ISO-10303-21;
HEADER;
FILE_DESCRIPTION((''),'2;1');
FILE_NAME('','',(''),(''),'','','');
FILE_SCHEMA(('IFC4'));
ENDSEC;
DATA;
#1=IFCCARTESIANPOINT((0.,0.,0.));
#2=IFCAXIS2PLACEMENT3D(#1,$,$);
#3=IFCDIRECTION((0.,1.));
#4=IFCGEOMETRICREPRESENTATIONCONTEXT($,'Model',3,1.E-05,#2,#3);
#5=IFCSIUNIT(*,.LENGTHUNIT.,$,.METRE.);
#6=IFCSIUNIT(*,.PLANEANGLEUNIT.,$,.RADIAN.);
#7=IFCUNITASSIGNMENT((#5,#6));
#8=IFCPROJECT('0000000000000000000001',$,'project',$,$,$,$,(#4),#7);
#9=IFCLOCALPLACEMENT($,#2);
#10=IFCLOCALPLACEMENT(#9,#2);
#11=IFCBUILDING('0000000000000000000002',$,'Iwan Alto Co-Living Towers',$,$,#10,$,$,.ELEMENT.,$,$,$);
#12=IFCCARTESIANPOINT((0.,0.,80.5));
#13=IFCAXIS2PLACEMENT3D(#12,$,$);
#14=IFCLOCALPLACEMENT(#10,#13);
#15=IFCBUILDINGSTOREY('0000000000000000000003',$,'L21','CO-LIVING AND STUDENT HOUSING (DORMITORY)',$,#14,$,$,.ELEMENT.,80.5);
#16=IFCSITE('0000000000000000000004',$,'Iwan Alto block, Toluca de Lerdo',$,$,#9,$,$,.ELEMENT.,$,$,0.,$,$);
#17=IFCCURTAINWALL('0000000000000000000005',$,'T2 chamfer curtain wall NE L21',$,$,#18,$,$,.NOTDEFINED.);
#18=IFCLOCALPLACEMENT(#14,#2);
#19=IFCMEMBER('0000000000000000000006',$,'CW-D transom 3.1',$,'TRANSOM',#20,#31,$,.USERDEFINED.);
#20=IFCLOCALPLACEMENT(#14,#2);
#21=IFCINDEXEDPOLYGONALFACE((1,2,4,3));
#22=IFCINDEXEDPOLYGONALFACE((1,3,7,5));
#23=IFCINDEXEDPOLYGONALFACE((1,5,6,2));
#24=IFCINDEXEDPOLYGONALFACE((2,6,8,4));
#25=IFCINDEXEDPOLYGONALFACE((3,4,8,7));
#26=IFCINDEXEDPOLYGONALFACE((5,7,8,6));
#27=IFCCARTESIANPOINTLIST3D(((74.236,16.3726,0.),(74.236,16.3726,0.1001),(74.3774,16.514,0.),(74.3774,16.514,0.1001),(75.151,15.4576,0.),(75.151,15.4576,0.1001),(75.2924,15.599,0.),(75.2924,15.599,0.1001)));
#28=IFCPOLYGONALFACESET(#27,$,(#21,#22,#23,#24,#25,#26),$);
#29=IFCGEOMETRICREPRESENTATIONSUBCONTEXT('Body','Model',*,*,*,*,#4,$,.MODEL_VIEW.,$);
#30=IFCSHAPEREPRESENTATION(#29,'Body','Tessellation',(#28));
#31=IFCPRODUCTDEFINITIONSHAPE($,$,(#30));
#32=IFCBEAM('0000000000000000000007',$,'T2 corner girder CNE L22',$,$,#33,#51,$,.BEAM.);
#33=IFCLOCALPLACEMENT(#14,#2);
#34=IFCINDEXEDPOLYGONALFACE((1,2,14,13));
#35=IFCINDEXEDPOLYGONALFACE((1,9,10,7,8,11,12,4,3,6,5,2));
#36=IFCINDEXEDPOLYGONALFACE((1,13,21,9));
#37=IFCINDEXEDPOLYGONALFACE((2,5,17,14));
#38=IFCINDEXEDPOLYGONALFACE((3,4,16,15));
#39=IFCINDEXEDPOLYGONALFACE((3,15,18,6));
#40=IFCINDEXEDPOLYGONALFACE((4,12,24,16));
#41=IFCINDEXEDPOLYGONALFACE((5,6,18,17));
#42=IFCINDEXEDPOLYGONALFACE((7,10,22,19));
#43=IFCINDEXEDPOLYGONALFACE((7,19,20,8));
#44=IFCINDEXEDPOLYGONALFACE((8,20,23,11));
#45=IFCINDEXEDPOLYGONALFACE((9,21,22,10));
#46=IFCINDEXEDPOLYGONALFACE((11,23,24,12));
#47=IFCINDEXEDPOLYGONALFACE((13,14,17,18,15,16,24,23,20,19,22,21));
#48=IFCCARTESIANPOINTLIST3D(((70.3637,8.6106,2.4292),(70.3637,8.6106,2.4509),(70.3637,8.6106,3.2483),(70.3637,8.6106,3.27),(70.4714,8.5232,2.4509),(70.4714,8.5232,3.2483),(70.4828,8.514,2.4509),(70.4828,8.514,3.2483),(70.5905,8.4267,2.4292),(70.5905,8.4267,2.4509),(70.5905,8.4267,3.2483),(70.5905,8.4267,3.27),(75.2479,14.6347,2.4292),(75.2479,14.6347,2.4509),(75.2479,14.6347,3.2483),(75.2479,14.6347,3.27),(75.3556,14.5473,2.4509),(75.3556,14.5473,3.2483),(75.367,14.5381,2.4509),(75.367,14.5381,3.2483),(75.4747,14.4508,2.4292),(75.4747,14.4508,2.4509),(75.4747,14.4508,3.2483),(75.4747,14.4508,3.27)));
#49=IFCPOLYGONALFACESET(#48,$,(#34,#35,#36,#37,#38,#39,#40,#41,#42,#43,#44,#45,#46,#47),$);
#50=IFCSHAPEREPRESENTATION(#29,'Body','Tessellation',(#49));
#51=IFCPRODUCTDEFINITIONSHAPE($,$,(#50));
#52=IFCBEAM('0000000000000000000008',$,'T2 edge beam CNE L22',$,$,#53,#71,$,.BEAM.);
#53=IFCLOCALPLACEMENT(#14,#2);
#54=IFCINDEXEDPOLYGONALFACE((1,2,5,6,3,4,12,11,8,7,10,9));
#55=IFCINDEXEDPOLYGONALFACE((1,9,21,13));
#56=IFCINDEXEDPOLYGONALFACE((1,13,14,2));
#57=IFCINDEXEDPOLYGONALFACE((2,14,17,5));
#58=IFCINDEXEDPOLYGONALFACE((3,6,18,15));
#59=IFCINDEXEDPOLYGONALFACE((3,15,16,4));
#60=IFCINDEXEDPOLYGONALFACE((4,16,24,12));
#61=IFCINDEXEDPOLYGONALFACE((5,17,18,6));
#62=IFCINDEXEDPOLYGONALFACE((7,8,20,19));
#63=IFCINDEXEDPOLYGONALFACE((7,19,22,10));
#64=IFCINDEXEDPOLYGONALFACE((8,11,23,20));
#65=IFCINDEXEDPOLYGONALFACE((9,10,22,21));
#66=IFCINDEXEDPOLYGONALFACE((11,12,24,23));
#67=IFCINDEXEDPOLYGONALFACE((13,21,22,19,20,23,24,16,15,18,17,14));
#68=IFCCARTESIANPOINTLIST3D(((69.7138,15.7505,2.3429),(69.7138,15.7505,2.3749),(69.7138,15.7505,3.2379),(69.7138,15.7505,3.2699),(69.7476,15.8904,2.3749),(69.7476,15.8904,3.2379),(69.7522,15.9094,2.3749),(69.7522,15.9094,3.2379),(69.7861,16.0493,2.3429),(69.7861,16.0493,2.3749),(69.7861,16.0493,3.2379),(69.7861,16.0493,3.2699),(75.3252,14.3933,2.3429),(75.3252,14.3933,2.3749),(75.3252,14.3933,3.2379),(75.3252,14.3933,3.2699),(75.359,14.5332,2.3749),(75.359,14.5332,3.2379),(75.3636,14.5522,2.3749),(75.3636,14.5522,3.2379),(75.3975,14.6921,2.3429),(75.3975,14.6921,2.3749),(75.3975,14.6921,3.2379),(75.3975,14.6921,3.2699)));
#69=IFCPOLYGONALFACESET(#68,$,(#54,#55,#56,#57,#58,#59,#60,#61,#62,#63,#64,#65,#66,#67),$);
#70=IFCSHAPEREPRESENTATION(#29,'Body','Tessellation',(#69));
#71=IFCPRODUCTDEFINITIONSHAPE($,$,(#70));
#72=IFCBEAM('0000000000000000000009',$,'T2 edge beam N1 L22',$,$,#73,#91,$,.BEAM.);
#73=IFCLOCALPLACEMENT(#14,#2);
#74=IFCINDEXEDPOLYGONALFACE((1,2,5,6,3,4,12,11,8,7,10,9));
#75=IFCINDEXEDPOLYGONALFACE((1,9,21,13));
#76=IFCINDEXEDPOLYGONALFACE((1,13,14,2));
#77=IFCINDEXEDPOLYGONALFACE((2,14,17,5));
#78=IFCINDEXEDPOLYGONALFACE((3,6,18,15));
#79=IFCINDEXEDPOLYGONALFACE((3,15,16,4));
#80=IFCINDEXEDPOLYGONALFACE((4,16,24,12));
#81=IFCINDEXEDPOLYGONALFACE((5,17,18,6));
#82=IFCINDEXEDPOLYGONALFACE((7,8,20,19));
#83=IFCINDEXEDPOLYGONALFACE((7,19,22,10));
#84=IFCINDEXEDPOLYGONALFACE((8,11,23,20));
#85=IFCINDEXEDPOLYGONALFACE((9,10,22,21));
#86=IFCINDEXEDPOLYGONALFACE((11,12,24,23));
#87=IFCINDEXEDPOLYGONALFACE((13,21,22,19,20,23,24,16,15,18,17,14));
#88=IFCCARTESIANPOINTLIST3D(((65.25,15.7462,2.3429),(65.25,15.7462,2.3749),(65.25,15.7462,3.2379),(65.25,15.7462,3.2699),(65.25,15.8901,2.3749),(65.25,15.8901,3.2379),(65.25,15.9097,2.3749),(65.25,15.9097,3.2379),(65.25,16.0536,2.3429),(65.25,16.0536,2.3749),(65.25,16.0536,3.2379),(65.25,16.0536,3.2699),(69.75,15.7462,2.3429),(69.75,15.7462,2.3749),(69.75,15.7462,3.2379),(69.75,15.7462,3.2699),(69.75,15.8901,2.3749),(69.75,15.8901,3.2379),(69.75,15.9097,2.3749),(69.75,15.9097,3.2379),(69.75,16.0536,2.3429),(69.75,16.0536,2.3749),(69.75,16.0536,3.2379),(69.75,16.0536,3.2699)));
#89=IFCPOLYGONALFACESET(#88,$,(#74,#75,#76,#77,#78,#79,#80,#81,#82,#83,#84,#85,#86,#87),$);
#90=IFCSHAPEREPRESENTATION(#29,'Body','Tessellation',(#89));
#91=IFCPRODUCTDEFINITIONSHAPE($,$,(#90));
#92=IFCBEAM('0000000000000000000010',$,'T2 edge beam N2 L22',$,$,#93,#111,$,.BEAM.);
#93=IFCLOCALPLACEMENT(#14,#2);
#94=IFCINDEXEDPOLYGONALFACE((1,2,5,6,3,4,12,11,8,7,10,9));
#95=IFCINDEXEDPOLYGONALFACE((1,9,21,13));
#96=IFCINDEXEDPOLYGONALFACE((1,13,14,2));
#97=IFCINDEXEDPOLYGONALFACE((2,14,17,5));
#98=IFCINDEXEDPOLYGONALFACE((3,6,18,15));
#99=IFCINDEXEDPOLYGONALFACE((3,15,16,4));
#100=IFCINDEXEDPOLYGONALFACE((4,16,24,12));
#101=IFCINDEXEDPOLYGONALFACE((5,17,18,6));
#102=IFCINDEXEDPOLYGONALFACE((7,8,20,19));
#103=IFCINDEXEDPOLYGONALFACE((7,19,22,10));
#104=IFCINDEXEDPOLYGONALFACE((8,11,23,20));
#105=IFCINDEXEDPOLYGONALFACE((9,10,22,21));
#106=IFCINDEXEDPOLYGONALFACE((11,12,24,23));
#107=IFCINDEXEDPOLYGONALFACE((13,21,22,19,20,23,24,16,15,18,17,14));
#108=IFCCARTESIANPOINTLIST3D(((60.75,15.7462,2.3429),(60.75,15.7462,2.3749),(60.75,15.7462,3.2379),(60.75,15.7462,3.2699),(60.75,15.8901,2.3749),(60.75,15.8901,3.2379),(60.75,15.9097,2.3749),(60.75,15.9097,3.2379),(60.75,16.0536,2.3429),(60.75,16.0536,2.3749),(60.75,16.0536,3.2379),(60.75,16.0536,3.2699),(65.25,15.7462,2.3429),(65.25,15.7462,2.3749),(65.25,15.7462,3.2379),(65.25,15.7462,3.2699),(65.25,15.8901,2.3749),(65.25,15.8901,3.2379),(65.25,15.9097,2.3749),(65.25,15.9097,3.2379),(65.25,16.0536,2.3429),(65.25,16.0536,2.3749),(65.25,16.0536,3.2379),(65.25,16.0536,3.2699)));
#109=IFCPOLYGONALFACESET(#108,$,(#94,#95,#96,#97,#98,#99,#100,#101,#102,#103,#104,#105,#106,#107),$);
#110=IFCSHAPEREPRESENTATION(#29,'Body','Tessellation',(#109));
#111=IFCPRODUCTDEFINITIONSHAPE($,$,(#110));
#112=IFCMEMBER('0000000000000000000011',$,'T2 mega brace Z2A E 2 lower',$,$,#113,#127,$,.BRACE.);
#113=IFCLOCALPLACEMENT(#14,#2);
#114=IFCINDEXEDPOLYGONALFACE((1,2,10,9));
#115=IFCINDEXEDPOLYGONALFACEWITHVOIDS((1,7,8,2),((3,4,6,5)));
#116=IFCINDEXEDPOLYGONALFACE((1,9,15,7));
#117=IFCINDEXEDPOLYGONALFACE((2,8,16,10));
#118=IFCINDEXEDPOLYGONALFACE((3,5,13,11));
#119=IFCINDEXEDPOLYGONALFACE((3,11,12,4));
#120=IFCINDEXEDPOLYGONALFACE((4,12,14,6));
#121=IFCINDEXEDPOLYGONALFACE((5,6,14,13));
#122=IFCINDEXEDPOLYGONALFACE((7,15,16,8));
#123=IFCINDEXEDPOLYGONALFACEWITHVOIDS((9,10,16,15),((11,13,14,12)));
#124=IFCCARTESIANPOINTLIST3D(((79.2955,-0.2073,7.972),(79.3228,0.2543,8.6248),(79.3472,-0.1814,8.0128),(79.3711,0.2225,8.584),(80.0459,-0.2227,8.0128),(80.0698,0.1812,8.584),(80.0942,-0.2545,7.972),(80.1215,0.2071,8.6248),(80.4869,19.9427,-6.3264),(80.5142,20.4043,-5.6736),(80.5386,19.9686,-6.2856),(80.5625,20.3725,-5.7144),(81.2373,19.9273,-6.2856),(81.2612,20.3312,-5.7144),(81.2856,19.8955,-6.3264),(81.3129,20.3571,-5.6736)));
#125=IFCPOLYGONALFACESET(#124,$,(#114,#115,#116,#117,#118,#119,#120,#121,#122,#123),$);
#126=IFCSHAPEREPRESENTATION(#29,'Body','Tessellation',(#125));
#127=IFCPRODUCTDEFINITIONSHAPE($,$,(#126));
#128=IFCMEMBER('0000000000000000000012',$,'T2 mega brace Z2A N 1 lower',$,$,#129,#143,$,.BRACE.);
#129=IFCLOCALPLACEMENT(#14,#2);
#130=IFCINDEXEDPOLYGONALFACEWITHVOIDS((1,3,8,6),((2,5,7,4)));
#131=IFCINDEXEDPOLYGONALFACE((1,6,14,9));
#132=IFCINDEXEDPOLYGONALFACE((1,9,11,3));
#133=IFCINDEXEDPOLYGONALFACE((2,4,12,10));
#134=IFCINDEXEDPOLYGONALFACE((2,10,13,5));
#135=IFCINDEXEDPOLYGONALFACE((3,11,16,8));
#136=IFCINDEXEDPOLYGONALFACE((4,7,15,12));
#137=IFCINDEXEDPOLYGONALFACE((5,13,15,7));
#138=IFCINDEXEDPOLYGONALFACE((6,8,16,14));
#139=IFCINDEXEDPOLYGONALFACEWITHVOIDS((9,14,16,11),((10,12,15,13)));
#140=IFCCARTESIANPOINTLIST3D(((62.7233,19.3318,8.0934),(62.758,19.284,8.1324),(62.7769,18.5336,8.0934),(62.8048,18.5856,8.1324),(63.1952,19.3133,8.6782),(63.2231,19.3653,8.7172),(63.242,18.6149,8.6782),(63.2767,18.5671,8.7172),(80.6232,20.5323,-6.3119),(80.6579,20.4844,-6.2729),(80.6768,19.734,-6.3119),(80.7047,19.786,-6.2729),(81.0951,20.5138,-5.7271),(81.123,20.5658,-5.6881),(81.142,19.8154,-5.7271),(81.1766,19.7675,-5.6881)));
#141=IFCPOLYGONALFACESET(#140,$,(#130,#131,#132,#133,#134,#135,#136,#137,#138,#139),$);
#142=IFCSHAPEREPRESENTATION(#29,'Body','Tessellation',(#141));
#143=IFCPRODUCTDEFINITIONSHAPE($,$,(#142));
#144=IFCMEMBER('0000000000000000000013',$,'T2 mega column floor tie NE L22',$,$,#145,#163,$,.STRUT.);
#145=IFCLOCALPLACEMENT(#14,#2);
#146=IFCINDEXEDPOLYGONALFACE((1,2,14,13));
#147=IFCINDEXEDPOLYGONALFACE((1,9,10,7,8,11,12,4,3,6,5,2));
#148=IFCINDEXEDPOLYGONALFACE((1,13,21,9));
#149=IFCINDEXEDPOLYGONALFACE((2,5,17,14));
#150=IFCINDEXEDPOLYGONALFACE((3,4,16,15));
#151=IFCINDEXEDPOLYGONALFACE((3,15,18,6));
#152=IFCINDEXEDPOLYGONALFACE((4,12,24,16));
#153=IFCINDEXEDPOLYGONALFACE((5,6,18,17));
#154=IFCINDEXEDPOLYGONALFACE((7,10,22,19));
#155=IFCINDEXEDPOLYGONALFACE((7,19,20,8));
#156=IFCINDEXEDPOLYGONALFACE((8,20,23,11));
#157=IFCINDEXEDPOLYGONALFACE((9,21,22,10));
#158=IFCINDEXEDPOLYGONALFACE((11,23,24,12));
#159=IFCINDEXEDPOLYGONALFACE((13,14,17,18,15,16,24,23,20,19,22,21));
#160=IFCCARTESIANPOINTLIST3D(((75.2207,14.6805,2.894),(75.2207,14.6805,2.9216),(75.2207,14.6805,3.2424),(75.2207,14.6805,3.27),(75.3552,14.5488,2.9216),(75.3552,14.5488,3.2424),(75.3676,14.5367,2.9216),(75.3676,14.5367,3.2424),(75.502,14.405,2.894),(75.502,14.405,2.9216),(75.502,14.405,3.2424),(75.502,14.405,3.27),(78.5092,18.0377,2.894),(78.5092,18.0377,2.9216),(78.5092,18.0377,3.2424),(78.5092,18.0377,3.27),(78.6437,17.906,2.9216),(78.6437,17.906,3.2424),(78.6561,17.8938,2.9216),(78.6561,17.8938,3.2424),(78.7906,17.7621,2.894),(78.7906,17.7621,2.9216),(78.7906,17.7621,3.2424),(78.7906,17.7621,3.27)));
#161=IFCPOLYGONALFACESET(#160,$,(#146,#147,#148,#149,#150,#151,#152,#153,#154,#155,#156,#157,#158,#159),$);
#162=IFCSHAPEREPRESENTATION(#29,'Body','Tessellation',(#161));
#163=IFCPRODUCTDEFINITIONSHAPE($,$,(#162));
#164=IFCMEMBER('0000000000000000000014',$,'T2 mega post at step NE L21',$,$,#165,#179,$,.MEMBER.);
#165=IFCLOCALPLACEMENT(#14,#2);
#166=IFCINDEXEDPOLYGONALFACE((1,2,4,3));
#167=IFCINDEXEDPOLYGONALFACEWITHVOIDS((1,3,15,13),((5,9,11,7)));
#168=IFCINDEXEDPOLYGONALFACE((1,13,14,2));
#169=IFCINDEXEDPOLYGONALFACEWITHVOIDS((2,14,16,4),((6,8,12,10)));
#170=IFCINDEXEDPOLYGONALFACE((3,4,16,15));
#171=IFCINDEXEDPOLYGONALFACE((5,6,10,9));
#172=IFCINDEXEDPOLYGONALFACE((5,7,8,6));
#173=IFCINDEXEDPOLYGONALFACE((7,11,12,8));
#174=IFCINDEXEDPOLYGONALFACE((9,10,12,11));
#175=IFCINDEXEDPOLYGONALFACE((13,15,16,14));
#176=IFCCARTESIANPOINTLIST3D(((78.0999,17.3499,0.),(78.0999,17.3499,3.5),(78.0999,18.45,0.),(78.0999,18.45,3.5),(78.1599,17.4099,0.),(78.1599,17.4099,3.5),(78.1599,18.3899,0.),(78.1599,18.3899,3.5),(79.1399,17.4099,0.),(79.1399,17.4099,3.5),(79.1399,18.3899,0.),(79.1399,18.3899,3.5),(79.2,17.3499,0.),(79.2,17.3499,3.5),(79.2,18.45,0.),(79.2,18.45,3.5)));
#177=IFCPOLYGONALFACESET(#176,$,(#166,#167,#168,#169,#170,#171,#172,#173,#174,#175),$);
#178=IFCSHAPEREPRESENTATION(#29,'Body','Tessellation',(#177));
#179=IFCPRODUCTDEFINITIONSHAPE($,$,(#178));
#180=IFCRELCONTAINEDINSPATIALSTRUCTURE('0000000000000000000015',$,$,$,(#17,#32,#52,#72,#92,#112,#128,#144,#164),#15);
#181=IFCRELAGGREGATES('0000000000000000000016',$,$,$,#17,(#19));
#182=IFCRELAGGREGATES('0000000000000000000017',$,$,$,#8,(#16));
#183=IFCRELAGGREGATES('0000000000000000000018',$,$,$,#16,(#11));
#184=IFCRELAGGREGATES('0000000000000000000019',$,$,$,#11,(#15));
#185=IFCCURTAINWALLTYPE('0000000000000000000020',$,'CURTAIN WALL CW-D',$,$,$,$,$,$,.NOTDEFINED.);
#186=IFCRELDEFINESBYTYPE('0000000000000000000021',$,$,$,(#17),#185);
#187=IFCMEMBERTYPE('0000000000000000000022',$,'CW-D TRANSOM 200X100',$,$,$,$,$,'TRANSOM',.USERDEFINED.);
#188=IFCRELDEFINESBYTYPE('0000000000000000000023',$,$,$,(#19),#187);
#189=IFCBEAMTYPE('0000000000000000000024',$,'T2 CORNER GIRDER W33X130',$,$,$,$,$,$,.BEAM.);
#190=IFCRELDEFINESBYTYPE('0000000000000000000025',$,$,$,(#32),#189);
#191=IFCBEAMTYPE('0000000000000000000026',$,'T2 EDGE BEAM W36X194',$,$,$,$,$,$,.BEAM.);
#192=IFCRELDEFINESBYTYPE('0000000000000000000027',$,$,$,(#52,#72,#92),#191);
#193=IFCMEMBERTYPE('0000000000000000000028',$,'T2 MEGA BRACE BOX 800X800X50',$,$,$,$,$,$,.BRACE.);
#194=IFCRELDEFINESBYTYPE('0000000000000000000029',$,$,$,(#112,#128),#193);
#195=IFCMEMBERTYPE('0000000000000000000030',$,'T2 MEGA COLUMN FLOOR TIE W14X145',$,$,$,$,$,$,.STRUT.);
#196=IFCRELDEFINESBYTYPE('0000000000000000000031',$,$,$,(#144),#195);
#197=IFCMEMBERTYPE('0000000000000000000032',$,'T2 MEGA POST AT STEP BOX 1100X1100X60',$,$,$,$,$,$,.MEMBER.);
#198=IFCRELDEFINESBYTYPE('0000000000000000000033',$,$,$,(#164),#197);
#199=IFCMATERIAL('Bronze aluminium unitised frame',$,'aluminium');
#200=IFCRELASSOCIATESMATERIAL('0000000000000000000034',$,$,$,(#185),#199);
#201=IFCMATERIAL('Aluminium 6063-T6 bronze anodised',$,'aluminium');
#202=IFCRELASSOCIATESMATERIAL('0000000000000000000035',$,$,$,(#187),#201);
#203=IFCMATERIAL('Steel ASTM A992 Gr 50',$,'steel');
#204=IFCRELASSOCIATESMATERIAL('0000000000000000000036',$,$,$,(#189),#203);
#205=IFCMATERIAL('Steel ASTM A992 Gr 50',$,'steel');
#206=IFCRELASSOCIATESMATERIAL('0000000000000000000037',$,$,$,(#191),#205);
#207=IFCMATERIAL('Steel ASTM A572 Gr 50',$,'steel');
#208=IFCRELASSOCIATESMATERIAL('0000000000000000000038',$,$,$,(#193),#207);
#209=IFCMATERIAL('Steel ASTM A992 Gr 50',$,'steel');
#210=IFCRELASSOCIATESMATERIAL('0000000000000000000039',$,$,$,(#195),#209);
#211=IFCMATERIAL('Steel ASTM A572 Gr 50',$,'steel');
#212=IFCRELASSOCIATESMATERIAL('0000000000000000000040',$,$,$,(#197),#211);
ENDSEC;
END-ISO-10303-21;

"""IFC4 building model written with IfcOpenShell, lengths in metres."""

from ifc_helpers import new_model, si_unit, direction, frame, origin, origin_2d, place, context, subcontext, project, spatial, rectangle, hollow_rectangle, i_section, extrude, material, material_profile, profile_set, type_object, element, aggregate, save


model = new_model("IFC4")

# Units and contexts
model_context = context("Model", 3, precision=1e-05, world=origin(), true_north=direction((0.0, 1.0)))
body_context = subcontext(model_context, "Body", "Model", "MODEL_VIEW")
ifc_project = project(units=[si_unit("LENGTHUNIT", "METRE"), si_unit("PLANEANGLEUNIT", "RADIAN")], contexts=[model_context])

# Site, building, storey
site_placement = place(None, origin())
site = spatial("IfcSite", under=ifc_project, at=site_placement, Name="Iwan Alto block, Toluca de Lerdo", CompositionType="ELEMENT", RefElevation=0.0)
building_placement = place(site_placement, origin())
building = spatial("IfcBuilding", under=site, at=building_placement, Name="Iwan Alto Co-Living Towers", CompositionType="ELEMENT")
storey_placement = place(building_placement, frame((0.0, 0.0, 80.5)))
storey = spatial("IfcBuildingStorey", under=building, at=storey_placement, Name="L21", Description="CO-LIVING AND STUDENT HOUSING (DORMITORY)", CompositionType="ELEMENT", Elevation=80.5)

# Curtain wall, member
ifc_material_1 = material(Name="Bronze aluminium unitised frame", Category="aluminium")
curtain_wall_type_1 = type_object("IfcCurtainWallType", Name="CURTAIN WALL CW-D", PredefinedType="NOTDEFINED", material=ifc_material_1)
curtain_wall_1_placement = place(storey_placement, origin())
curtain_wall_1 = element("IfcCurtainWall", 1, at=curtain_wall_1_placement, inside=storey, type_object=curtain_wall_type_1, Name="T2 chamfer curtain wall NE L21", PredefinedType="NOTDEFINED")
ifc_material_2 = material(Name="Aluminium 6063-T6 bronze anodised", Category="aluminium")
ifc_material_profile_1 = material_profile(ifc_material_2, rectangle(XDim=0.2, YDim=0.1001, at=origin_2d()), Name="AL 200X100")
ifc_profile_set_1 = profile_set([ifc_material_profile_1], Name="Aluminium 6063-T6 bronze anodised")
member_type_1 = type_object("IfcMemberType", Name="CW-D TRANSOM 200X100", ElementType="TRANSOM", PredefinedType="USERDEFINED", material=ifc_profile_set_1)
member_1_placement = place(storey_placement, frame((75.2217, 15.5283, 0.05), z_axis=(-0.707107, 0.707107, 0.0), x_axis=(-0.707107, -0.707107, 0.0)))
member_1 = element("IfcMember", 2, at=member_1_placement, type_object=member_type_1, Name="CW-D transom 3.1", ObjectType="TRANSOM", PredefinedType="USERDEFINED", context=body_context, shape_type="SweptSolid", body=[
    extrude(rectangle(XDim=0.2, YDim=0.1001, at=origin_2d()), origin(), (0.0, 0.0, 1.0), 1.2939),
])

# Beams
ifc_material_3 = material(Name="Steel ASTM A992 Gr 50", Category="steel")
ifc_material_profile_2 = material_profile(ifc_material_3, i_section(OverallWidth=0.292, OverallDepth=0.8408, WebThickness=0.0146, FlangeThickness=0.0217, at=origin_2d()), Name="W33X130")
ifc_profile_set_2 = profile_set([ifc_material_profile_2], Name="Steel ASTM A992 Gr 50")
beam_type_1 = type_object("IfcBeamType", Name="T2 CORNER GIRDER W33X130", PredefinedType="BEAM", material=ifc_profile_set_2)
beam_1_placement = place(storey_placement, frame((75.3613, 14.5427, 2.8496), z_axis=(-0.629788, -0.776767, 0.0), x_axis=(0.776767, -0.629788, 0.0)))
element("IfcBeam", 3, at=beam_1_placement, inside=storey, type_object=beam_type_1, Name="T2 corner girder CNE L22", PredefinedType="BEAM", context=body_context, shape_type="SweptSolid", body=[
    extrude(i_section(OverallWidth=0.292, OverallDepth=0.8408, WebThickness=0.0146, FlangeThickness=0.0217, at=origin_2d()), origin(), (0.0, 0.0, 1.0), 7.7554),
])
ifc_material_4 = material(Name="Steel ASTM A992 Gr 50", Category="steel")
ifc_material_profile_3 = material_profile(ifc_material_4, i_section(OverallWidth=0.3074, OverallDepth=0.927, WebThickness=0.0195, FlangeThickness=0.032, at=origin_2d()), Name="W36X194")
ifc_profile_set_3 = profile_set([ifc_material_profile_3], Name="Steel ASTM A992 Gr 50")
beam_type_2 = type_object("IfcBeamType", Name="T2 EDGE BEAM W36X194", PredefinedType="BEAM", material=ifc_profile_set_3)
beam_2_placement = place(storey_placement, frame((75.3613, 14.5427, 2.8064), z_axis=(-0.971975, 0.235086, 0.0), x_axis=(-0.235086, -0.971975, 0.0)))
element("IfcBeam", 4, at=beam_2_placement, inside=storey, type_object=beam_type_2, Name="T2 edge beam CNE L22", PredefinedType="BEAM", context=body_context, shape_type="SweptSolid", body=[
    extrude(i_section(OverallWidth=0.3074, OverallDepth=0.927, WebThickness=0.0195, FlangeThickness=0.032, at=origin_2d()), origin(), (0.0, 0.0, 1.0), 5.7732),
])
for number, where, z_axis, x_axis, name in (
    (5, (69.75, 15.8999, 2.8064), (-1.0, 0.0, 0.0), (0.0, -1.0, 0.0), "T2 edge beam N1 L22"),
    (6, (65.25, 15.8999, 2.8064), (-1.0, 0.0, 0.0), (0.0, -1.0, 0.0), "T2 edge beam N2 L22"),
):
    element("IfcBeam", number, at=place(storey_placement, frame(where, z_axis=z_axis, x_axis=x_axis)), inside=storey, type_object=beam_type_2, Name=name, PredefinedType="BEAM", context=body_context, shape_type="SweptSolid", body=[
        extrude(i_section(OverallWidth=0.3074, OverallDepth=0.927, WebThickness=0.0195, FlangeThickness=0.032, at=origin_2d()), origin(), (0.0, 0.0, 1.0), 4.5),
    ])

# Members
ifc_material_5 = material(Name="Steel ASTM A572 Gr 50", Category="steel")
ifc_material_profile_4 = material_profile(ifc_material_5, hollow_rectangle(XDim=0.8, YDim=0.8, WallThickness=0.05, at=origin_2d()), Name="BOX 800X800X50")
ifc_profile_set_4 = profile_set([ifc_material_profile_4], Name="Steel ASTM A572 Gr 50")
member_type_2 = type_object("IfcMemberType", Name="T2 MEGA BRACE BOX 800X800X50", PredefinedType="BRACE", material=ifc_profile_set_4)
member_2_placement = place(storey_placement, frame((80.8999, 20.1499, -6.0), z_axis=(-0.048164, -0.814591, 0.578033), x_axis=(0.998257, -0.059024, 0.0)))
element("IfcMember", 7, at=member_2_placement, inside=storey, type_object=member_type_2, Name="T2 mega brace Z2A E 2 lower", PredefinedType="BRACE", context=body_context, shape_type="SweptSolid", body=[
    extrude(hollow_rectangle(XDim=0.8, YDim=0.8, WallThickness=0.05, at=origin_2d()), origin(), (0.0, 0.0, 1.0), 24.7363),
])
member_3_placement = place(storey_placement, frame((80.8999, 20.1499, -6.0), z_axis=(-0.777992, -0.052175, 0.626104), x_axis=(0.066914, -0.997759, 0.0)))
element("IfcMember", 8, at=member_3_placement, inside=storey, type_object=member_type_2, Name="T2 mega brace Z2A N 1 lower", PredefinedType="BRACE", context=body_context, shape_type="SweptSolid", body=[
    extrude(hollow_rectangle(XDim=0.8, YDim=0.8, WallThickness=0.05, at=origin_2d()), origin(), (0.0, 0.0, 1.0), 23.0078),
])
ifc_material_6 = material(Name="Steel ASTM A992 Gr 50", Category="steel")
ifc_material_profile_5 = material_profile(ifc_material_6, i_section(OverallWidth=0.3938, OverallDepth=0.376, WebThickness=0.0173, FlangeThickness=0.0276, at=origin_2d()), Name="W14X145")
ifc_profile_set_5 = profile_set([ifc_material_profile_5], Name="Steel ASTM A992 Gr 50")
member_type_3 = type_object("IfcMemberType", Name="T2 MEGA COLUMN FLOOR TIE W14X145", PredefinedType="STRUT", material=ifc_profile_set_5)
member_4_placement = place(storey_placement, frame((78.6499, 17.8999, 3.082), z_axis=(-0.69977, -0.714368, 0.0), x_axis=(0.714368, -0.69977, 0.0)))
element("IfcMember", 9, at=member_4_placement, inside=storey, type_object=member_type_3, Name="T2 mega column floor tie NE L22", PredefinedType="STRUT", context=body_context, shape_type="SweptSolid", body=[
    extrude(i_section(OverallWidth=0.3938, OverallDepth=0.376, WebThickness=0.0173, FlangeThickness=0.0276, at=origin_2d()), origin(), (0.0, 0.0, 1.0), 4.6995),
])
ifc_material_7 = material(Name="Steel ASTM A572 Gr 50", Category="steel")
ifc_material_profile_6 = material_profile(ifc_material_7, hollow_rectangle(XDim=1.1001, YDim=1.1001, WallThickness=0.0601, at=origin_2d()), Name="BOX 1100X1100X60")
ifc_profile_set_6 = profile_set([ifc_material_profile_6], Name="Steel ASTM A572 Gr 50")
member_type_4 = type_object("IfcMemberType", Name="T2 MEGA POST AT STEP BOX 1100X1100X60", PredefinedType="MEMBER", material=ifc_profile_set_6)
member_5_placement = place(storey_placement, frame((78.6499, 17.8999, 0.0), z_axis=(0.0, 0.0, 1.0), x_axis=(1.0, 0.0, 0.0)))
element("IfcMember", 10, at=member_5_placement, inside=storey, type_object=member_type_4, Name="T2 mega post at step NE L21", PredefinedType="MEMBER", context=body_context, shape_type="SweptSolid", body=[
    extrude(hollow_rectangle(XDim=1.1001, YDim=1.1001, WallThickness=0.0601, at=origin_2d()), origin(), (0.0, 0.0, 1.0), 3.5),
])

aggregate(curtain_wall_1, [member_1])

save(model, "model.ifc")
